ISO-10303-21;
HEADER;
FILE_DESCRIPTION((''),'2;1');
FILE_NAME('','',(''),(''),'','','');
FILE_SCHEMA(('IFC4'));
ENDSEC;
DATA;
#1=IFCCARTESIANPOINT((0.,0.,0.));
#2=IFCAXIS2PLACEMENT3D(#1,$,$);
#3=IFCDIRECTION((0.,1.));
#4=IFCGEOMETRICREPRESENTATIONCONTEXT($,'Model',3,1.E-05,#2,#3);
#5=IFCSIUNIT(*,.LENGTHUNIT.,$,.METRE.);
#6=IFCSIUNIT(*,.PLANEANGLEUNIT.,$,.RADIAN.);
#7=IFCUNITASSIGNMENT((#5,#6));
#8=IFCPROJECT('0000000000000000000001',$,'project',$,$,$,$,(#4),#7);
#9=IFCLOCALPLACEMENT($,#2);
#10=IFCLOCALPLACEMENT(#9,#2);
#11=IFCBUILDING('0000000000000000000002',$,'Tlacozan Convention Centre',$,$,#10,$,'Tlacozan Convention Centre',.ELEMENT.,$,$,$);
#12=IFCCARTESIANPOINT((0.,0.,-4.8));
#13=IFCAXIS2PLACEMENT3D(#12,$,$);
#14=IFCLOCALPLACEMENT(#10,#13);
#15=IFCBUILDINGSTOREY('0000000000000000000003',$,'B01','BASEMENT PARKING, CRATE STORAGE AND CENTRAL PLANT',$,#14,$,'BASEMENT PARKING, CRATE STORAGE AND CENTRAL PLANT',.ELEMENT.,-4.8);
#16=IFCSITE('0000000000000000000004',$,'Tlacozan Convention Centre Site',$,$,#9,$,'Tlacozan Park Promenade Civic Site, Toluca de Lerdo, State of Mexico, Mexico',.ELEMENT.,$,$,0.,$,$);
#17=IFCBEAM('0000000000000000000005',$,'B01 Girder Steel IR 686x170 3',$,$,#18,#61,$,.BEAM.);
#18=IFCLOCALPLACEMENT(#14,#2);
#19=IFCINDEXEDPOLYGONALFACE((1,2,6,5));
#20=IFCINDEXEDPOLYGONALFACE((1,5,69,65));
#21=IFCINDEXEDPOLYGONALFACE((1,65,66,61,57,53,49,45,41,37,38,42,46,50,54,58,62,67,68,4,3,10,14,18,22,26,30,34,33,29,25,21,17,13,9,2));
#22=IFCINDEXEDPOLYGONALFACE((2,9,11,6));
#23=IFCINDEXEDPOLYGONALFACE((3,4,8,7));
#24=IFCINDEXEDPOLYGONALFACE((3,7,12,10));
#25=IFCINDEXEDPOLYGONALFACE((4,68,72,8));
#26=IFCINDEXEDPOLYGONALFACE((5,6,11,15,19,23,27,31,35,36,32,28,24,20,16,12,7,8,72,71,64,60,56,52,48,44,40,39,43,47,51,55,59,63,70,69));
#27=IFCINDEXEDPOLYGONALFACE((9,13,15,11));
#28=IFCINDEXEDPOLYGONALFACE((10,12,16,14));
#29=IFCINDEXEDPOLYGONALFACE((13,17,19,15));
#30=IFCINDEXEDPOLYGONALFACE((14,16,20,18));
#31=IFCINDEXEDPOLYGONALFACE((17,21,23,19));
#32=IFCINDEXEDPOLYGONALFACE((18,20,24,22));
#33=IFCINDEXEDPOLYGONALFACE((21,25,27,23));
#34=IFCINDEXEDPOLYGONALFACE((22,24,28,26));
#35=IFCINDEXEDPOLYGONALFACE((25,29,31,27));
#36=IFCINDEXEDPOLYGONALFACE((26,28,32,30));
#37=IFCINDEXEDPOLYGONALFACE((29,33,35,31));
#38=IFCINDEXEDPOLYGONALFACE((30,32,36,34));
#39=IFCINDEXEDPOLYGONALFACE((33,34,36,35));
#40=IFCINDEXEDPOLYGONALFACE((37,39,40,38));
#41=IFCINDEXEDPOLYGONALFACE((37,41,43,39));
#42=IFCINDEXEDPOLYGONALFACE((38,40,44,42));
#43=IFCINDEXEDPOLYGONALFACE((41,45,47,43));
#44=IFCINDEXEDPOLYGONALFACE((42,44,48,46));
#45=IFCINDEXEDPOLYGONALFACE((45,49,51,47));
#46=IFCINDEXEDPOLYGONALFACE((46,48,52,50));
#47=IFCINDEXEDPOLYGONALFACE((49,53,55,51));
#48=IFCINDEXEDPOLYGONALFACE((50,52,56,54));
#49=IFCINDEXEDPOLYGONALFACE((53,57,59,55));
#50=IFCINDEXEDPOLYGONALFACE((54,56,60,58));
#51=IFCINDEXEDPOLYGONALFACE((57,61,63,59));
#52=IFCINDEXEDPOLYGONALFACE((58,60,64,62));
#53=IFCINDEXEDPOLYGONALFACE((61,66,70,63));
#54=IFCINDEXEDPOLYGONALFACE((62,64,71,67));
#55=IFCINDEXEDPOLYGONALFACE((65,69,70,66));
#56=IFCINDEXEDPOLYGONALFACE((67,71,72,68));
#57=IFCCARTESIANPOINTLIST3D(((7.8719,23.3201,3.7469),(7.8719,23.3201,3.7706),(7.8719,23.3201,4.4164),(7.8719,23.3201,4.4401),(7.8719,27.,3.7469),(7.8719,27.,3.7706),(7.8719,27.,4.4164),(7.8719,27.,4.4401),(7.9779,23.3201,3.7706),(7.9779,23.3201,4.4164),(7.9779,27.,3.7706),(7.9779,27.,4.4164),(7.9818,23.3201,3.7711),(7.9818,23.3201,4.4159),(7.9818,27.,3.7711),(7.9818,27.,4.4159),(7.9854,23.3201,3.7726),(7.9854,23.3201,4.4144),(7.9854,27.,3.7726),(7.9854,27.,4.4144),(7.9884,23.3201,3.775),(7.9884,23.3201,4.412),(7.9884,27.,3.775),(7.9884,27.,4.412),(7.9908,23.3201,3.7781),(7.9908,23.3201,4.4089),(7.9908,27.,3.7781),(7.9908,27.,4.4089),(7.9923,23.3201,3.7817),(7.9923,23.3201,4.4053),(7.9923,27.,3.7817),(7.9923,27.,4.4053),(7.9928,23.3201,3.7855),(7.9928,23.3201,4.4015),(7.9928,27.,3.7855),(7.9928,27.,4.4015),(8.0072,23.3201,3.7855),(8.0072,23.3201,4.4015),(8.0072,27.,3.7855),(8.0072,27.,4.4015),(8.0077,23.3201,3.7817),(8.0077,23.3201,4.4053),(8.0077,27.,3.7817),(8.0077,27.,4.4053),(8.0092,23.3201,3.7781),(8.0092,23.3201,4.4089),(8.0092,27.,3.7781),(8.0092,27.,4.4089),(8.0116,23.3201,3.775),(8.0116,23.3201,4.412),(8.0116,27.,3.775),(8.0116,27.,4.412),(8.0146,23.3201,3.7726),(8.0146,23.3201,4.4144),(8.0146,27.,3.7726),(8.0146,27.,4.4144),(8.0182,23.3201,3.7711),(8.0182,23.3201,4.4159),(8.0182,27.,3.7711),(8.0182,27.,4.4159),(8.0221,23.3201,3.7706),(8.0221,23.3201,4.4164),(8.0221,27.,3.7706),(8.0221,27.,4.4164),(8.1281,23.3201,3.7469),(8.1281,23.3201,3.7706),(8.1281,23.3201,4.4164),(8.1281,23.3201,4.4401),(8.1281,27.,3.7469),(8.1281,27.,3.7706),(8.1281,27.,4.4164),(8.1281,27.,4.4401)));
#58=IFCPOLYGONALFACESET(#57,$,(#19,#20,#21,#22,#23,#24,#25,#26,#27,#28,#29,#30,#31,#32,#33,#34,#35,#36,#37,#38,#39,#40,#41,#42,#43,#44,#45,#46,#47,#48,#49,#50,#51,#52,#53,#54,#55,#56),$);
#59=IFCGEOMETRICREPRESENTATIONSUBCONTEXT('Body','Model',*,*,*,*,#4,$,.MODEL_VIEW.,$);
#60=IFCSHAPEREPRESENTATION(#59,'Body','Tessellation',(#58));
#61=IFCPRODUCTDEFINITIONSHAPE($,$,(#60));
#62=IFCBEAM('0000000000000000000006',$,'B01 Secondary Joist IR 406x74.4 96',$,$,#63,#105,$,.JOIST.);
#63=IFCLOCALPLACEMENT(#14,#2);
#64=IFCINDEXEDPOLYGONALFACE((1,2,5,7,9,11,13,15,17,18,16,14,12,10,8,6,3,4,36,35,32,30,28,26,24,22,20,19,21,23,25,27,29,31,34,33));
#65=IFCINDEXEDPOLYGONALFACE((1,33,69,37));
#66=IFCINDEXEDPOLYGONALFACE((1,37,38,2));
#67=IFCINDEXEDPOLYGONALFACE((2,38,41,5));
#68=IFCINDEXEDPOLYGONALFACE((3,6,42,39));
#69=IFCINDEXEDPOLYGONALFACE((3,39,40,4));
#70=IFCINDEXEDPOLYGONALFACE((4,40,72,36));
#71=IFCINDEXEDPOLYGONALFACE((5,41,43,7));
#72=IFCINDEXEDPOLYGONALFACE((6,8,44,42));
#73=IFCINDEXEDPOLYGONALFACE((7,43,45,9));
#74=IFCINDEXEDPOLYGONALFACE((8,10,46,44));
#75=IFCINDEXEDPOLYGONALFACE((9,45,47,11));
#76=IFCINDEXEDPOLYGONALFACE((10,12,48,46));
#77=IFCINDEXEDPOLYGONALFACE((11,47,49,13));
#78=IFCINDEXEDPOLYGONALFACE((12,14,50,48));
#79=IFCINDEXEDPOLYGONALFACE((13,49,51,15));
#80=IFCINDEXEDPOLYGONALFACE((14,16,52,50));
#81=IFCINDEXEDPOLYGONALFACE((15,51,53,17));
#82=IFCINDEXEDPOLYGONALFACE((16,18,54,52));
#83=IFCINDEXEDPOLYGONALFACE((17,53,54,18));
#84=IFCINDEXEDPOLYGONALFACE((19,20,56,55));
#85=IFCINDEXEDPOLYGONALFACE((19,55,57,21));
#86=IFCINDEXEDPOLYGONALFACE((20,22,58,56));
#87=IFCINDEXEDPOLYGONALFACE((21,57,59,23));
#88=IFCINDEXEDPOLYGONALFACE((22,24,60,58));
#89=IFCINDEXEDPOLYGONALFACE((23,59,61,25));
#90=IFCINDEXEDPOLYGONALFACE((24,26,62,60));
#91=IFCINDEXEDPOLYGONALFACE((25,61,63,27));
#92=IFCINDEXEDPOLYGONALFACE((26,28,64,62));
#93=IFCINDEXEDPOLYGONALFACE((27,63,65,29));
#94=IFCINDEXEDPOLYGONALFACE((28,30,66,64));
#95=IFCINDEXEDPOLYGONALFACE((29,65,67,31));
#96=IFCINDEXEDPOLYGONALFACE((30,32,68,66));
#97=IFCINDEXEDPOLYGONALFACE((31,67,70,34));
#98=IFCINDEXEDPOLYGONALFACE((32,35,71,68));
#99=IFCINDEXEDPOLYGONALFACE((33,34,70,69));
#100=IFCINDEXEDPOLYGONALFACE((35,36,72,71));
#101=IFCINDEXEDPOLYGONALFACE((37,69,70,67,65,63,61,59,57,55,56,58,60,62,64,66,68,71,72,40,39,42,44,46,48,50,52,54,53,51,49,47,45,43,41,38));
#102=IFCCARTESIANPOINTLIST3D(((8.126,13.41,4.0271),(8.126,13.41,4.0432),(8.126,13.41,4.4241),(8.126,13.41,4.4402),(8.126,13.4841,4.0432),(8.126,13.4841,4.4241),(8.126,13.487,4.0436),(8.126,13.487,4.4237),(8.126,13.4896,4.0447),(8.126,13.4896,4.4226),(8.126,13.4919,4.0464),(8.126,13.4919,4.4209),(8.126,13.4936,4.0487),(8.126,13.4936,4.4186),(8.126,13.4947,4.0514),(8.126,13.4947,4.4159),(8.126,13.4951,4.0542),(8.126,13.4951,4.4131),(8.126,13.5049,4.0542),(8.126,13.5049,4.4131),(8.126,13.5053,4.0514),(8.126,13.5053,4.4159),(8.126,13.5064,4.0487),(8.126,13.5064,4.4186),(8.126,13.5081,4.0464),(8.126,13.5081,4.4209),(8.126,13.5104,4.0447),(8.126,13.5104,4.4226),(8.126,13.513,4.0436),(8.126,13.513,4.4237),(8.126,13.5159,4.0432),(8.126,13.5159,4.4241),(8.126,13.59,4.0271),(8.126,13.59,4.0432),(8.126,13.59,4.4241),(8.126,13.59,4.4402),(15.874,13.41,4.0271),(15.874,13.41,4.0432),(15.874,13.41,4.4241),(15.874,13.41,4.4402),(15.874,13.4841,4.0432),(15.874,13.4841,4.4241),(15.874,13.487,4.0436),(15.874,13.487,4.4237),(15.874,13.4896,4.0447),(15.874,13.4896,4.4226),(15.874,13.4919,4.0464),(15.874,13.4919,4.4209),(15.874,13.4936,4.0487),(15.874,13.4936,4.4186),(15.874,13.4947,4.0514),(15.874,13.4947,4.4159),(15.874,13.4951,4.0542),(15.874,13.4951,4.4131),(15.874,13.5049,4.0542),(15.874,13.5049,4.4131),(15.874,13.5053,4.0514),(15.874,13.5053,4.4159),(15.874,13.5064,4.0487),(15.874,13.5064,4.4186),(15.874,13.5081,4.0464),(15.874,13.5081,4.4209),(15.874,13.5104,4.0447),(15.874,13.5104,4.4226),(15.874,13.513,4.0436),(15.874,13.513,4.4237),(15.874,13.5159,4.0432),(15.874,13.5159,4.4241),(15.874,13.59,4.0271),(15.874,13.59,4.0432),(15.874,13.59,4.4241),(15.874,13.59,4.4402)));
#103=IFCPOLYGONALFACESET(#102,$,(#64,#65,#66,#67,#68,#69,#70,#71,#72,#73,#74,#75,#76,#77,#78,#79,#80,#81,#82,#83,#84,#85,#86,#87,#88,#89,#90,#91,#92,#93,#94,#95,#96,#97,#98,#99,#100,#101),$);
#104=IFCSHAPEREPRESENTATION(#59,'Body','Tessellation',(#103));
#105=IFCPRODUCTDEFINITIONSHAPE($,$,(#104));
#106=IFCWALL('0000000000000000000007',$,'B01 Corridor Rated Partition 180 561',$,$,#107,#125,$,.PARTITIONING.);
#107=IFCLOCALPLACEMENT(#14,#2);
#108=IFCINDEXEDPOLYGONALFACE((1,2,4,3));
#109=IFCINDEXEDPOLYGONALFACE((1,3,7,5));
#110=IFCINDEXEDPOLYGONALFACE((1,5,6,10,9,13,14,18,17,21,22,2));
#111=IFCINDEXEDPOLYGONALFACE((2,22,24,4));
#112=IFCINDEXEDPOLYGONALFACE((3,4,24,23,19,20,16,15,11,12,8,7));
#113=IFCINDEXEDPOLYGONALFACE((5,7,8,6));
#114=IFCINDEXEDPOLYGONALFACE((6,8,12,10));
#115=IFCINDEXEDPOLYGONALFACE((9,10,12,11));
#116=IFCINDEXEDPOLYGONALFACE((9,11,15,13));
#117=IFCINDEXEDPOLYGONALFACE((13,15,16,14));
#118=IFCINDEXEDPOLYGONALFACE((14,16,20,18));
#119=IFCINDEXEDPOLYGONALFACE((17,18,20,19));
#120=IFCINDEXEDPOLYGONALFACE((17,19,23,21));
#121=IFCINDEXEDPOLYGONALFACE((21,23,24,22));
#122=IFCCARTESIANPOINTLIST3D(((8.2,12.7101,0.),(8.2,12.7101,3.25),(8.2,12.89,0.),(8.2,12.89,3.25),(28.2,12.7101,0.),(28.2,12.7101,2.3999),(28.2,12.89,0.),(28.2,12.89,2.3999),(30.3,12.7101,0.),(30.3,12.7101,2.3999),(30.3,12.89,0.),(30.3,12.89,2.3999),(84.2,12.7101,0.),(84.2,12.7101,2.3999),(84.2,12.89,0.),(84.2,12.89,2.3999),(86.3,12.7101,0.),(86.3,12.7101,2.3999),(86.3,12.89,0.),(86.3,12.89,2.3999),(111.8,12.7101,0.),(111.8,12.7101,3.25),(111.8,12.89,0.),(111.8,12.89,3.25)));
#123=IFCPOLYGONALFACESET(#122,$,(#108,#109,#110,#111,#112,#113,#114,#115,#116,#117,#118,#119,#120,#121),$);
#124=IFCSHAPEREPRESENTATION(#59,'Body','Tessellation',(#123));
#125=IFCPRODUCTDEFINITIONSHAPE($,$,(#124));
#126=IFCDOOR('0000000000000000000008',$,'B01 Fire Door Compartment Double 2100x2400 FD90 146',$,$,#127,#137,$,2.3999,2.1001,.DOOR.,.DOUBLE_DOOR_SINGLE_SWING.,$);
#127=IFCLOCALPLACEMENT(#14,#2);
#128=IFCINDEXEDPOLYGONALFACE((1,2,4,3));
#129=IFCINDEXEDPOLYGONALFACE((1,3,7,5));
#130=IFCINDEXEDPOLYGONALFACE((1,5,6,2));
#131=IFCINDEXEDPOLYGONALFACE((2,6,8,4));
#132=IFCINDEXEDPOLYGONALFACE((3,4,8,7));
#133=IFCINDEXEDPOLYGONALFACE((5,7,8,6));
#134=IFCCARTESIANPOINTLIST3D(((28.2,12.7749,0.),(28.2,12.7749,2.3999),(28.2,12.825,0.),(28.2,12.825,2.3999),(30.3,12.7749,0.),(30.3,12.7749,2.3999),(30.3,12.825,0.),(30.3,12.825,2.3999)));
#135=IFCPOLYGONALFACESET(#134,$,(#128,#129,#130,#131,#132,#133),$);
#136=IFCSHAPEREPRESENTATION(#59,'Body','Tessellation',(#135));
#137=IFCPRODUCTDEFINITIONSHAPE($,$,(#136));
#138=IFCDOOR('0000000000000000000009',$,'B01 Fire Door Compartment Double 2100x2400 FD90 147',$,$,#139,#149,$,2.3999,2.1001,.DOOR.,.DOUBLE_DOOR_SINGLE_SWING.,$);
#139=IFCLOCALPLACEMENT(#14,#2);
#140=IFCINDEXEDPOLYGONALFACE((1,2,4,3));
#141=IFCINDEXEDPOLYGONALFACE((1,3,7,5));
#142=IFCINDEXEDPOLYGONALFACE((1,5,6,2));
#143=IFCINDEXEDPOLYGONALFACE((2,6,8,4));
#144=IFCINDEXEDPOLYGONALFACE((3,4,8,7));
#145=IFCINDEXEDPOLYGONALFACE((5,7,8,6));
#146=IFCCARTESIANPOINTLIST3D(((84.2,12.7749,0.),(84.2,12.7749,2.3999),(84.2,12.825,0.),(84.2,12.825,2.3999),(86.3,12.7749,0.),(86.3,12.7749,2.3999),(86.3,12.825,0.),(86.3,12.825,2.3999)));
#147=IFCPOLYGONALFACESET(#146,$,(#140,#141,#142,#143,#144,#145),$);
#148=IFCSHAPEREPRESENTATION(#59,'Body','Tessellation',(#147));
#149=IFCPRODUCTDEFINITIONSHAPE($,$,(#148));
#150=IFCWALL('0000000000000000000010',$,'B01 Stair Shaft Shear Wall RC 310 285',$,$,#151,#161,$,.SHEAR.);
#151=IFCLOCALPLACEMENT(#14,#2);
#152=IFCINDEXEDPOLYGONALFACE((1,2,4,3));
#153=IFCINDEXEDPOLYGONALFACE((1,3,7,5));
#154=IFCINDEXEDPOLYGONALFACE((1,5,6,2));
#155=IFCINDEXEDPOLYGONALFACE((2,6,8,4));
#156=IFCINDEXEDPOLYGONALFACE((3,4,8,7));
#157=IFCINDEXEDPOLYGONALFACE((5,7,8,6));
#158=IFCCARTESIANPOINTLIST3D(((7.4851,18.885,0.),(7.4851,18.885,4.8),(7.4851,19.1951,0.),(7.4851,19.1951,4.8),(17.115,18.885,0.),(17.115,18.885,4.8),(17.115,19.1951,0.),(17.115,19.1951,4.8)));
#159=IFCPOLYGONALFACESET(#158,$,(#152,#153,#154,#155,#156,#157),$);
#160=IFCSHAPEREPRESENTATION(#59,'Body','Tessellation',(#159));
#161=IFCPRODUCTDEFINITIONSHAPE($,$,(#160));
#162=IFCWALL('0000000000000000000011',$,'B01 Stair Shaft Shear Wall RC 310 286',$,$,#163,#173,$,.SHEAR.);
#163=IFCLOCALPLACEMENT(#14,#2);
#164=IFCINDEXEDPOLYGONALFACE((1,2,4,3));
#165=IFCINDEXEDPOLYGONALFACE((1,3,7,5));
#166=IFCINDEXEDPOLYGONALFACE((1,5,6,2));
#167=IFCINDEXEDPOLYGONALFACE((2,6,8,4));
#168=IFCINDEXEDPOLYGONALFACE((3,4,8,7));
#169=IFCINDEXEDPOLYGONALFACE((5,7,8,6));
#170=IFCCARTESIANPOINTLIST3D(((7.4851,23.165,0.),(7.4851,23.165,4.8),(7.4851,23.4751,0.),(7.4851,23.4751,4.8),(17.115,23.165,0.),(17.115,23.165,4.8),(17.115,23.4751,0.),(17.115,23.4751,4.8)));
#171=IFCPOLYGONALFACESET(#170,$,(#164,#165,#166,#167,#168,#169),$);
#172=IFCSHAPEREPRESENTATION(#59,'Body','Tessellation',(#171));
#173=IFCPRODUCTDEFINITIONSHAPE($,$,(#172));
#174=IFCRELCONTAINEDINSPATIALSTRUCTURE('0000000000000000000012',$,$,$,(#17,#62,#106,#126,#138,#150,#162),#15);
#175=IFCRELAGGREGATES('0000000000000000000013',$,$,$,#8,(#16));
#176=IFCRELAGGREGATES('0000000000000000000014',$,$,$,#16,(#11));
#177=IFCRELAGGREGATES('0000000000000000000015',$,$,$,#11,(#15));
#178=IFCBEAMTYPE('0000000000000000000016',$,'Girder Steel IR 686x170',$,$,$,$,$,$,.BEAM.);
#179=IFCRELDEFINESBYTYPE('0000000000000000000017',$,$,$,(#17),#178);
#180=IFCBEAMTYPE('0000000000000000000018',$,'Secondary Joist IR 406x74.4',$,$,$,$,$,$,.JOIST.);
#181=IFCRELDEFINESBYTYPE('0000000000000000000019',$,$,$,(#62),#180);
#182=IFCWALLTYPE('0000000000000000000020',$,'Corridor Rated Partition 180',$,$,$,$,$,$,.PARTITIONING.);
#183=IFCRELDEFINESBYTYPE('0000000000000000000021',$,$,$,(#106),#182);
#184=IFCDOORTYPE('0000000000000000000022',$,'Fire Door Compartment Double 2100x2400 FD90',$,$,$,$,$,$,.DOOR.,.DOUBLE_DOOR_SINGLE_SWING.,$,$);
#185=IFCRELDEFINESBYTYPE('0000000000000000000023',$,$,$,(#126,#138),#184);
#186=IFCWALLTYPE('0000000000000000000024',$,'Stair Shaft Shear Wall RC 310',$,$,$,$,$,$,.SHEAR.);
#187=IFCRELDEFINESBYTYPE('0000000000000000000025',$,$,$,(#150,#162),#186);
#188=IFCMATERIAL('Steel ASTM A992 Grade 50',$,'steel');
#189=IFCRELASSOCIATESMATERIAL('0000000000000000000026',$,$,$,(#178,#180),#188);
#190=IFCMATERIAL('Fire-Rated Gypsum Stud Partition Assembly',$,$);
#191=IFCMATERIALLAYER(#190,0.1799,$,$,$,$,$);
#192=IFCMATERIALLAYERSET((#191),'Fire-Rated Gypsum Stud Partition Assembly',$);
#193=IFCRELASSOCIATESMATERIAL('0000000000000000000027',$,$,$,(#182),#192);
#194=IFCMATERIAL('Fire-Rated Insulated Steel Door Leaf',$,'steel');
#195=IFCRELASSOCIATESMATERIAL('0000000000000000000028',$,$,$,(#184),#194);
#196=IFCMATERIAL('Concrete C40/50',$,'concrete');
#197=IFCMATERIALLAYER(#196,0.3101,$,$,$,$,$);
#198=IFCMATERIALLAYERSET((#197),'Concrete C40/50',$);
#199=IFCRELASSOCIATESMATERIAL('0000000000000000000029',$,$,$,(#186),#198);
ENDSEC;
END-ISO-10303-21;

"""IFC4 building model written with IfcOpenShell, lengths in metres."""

from ifc_helpers import new_model, si_unit, direction, frame, frame_2d, origin, origin_2d, place, context, subcontext, project, spatial, rectangle, i_section, extrude, material, layer, layer_set, material_profile, profile_set, type_object, element, fill, save


model = new_model("IFC4")

# Units and contexts
model_context = context("Model", 3, precision=1e-05, world=origin(), true_north=direction((0.0, 1.0)))
body_context = subcontext(model_context, "Body", "Model", "MODEL_VIEW")
ifc_project = project(units=[si_unit("LENGTHUNIT", "METRE"), si_unit("PLANEANGLEUNIT", "RADIAN")], contexts=[model_context])

# Site, building, storey
site_placement = place(None, origin())
site = spatial("IfcSite", under=ifc_project, at=site_placement, Name="Tlacozan Convention Centre Site", LongName="Tlacozan Park Promenade Civic Site, Toluca de Lerdo, State of Mexico, Mexico", CompositionType="ELEMENT", RefElevation=0.0)
building_placement = place(site_placement, origin())
building = spatial("IfcBuilding", under=site, at=building_placement, Name="Tlacozan Convention Centre", LongName="Tlacozan Convention Centre", CompositionType="ELEMENT")
storey_placement = place(building_placement, frame((0.0, 0.0, -4.8)))
storey = spatial("IfcBuildingStorey", under=building, at=storey_placement, Name="B01", Description="BASEMENT PARKING, CRATE STORAGE AND CENTRAL PLANT", LongName="BASEMENT PARKING, CRATE STORAGE AND CENTRAL PLANT", CompositionType="ELEMENT", Elevation=-4.8)

# Shared definitions
ifc_material_1 = material(Name="Concrete C40/50", Category="concrete")

# Beams
ifc_material_2 = material(Name="Steel ASTM A992 Grade 50", Category="steel")
ifc_material_profile_1 = material_profile(ifc_material_2, i_section(OverallWidth=0.2561, OverallDepth=0.6931, WebThickness=0.0144, FlangeThickness=0.0237, FilletRadius=0.0149, at=origin_2d()), Name="IR 686x170.0")
ifc_profile_set_1 = profile_set([ifc_material_profile_1], Name="Steel ASTM A992 Grade 50")
beam_type_1 = type_object("IfcBeamType", Name="Girder Steel IR 686x170", PredefinedType="BEAM", material=ifc_profile_set_1)
beam_1_placement = place(storey_placement, frame((8.0, 23.3201, 4.0935), z_axis=(0.0, 1.0, 0.0), x_axis=(-1.0, 0.0, 0.0)))
element("IfcBeam", 1, at=beam_1_placement, inside=storey, type_object=beam_type_1, Name="B01 Girder Steel IR 686x170 3", PredefinedType="BEAM", context=body_context, shape_type="SweptSolid", body=[
    extrude(i_section(OverallWidth=0.2561, OverallDepth=0.6931, WebThickness=0.0144, FlangeThickness=0.0237, FilletRadius=0.0149, at=origin_2d()), origin(), (0.0, 0.0, 1.0), 3.6799),
])
ifc_material_profile_2 = material_profile(ifc_material_2, i_section(OverallWidth=0.1799, OverallDepth=0.4131, WebThickness=0.0098, FlangeThickness=0.0161, FilletRadius=0.011, at=origin_2d()), Name="IR 406x74.4")
ifc_profile_set_2 = profile_set([ifc_material_profile_2], Name="Steel ASTM A992 Grade 50")
beam_type_2 = type_object("IfcBeamType", Name="Secondary Joist IR 406x74.4", PredefinedType="JOIST", material=ifc_profile_set_2)
beam_2_placement = place(storey_placement, frame((8.126, 13.5, 4.2336), z_axis=(1.0, 0.0, 0.0), x_axis=(0.0, 1.0, 0.0)))
element("IfcBeam", 2, at=beam_2_placement, inside=storey, type_object=beam_type_2, Name="B01 Secondary Joist IR 406x74.4 96", PredefinedType="JOIST", context=body_context, shape_type="SweptSolid", body=[
    extrude(i_section(OverallWidth=0.1799, OverallDepth=0.4131, WebThickness=0.0098, FlangeThickness=0.0161, FilletRadius=0.011, at=origin_2d()), origin(), (0.0, 0.0, 1.0), 7.748),
])

# Wall, openings, doors
ifc_material_3 = material(Name="Fire-Rated Gypsum Stud Partition Assembly")
ifc_layer_1 = layer(ifc_material_3, 0.1799)
ifc_layer_set_1 = layer_set([ifc_layer_1], Name="Fire-Rated Gypsum Stud Partition Assembly")
wall_type_1 = type_object("IfcWallType", Name="Corridor Rated Partition 180", PredefinedType="PARTITIONING", material=ifc_layer_set_1)
wall_1_placement = place(storey_placement, frame((8.2, 12.8, 0.0), z_axis=(0.0, 0.0, 1.0), x_axis=(1.0, 0.0, 0.0)))
wall_1 = element("IfcWall", 3, at=wall_1_placement, inside=storey, type_object=wall_type_1, Name="B01 Corridor Rated Partition 180 561", PredefinedType="PARTITIONING", context=body_context, shape_type="SweptSolid", body=[
    extrude(rectangle(XDim=103.6001, YDim=0.1799, at=frame_2d((51.8, 0.0))), origin(), (0.0, 0.0, 1.0), 3.25),
])
opening_1_placement = place(wall_1_placement, frame((20.0, 0.0, 0.0)))
opening_1 = element("IfcOpeningElement", 4, at=opening_1_placement, cuts=wall_1, PredefinedType="OPENING", context=body_context, shape_type="SweptSolid", body=[
    extrude(rectangle(XDim=2.1001, YDim=2.3999, at=frame_2d((1.05, 1.2))), frame((0.0, 0.0999, 0.0), z_axis=(0.0, -1.0, 0.0), x_axis=(1.0, 0.0, 0.0)), (0.0, 0.0, 1.0), 0.2),
])
opening_2_placement = place(wall_1_placement, frame((76.0, 0.0, 0.0)))
opening_2 = element("IfcOpeningElement", 5, at=opening_2_placement, cuts=wall_1, PredefinedType="OPENING", context=body_context, shape_type="SweptSolid", body=[
    extrude(rectangle(XDim=2.1001, YDim=2.3999, at=frame_2d((1.05, 1.2))), frame((0.0, 0.0999, 0.0), z_axis=(0.0, -1.0, 0.0), x_axis=(1.0, 0.0, 0.0)), (0.0, 0.0, 1.0), 0.2),
])
ifc_material_4 = material(Name="Fire-Rated Insulated Steel Door Leaf", Category="steel")
door_type_1 = type_object("IfcDoorType", Name="Fire Door Compartment Double 2100x2400 FD90", OperationType="DOUBLE_DOOR_SINGLE_SWING", PredefinedType="DOOR", material=ifc_material_4)
door_1_placement = place(opening_1_placement, origin())
door_1 = element("IfcDoor", 6, at=door_1_placement, inside=storey, type_object=door_type_1, Name="B01 Fire Door Compartment Double 2100x2400 FD90 146", OperationType="DOUBLE_DOOR_SINGLE_SWING", OverallHeight=2.3999, OverallWidth=2.1001, PredefinedType="DOOR", context=body_context, shape_type="SweptSolid", body=[
    extrude(rectangle(XDim=2.1001, YDim=2.3999, at=frame_2d((1.05, 1.2))), frame((0.0, 0.0249, 0.0), z_axis=(0.0, -1.0, 0.0), x_axis=(1.0, 0.0, 0.0)), (0.0, 0.0, 1.0), 0.05),
])
fill(opening_1, door_1)
door_2_placement = place(opening_2_placement, origin())
door_2 = element("IfcDoor", 7, at=door_2_placement, inside=storey, type_object=door_type_1, Name="B01 Fire Door Compartment Double 2100x2400 FD90 147", OperationType="DOUBLE_DOOR_SINGLE_SWING", OverallHeight=2.3999, OverallWidth=2.1001, PredefinedType="DOOR", context=body_context, shape_type="SweptSolid", body=[
    extrude(rectangle(XDim=2.1001, YDim=2.3999, at=frame_2d((1.05, 1.2))), frame((0.0, 0.0249, 0.0), z_axis=(0.0, -1.0, 0.0), x_axis=(1.0, 0.0, 0.0)), (0.0, 0.0, 1.0), 0.05),
])
fill(opening_2, door_2)

# Walls
ifc_layer_2 = layer(ifc_material_1, 0.3101)
ifc_layer_set_2 = layer_set([ifc_layer_2], Name="Concrete C40/50")
wall_type_2 = type_object("IfcWallType", Name="Stair Shaft Shear Wall RC 310", PredefinedType="SHEAR", material=ifc_layer_set_2)
for number, where, z_axis, x_axis, name in (
    (8, (7.4851, 19.04, 0.0), (0.0, 0.0, 1.0), (1.0, 0.0, 0.0), "B01 Stair Shaft Shear Wall RC 310 285"),
    (9, (7.4851, 23.3201, 0.0), (0.0, 0.0, 1.0), (1.0, 0.0, 0.0), "B01 Stair Shaft Shear Wall RC 310 286"),
):
    element("IfcWall", number, at=place(storey_placement, frame(where, z_axis=z_axis, x_axis=x_axis)), inside=storey, type_object=wall_type_2, Name=name, PredefinedType="SHEAR", context=body_context, shape_type="SweptSolid", body=[
        extrude(rectangle(XDim=9.6299, YDim=0.3101, at=frame_2d((4.8149, 0.0))), origin(), (0.0, 0.0, 1.0), 4.8),
    ])

save(model, "model.ifc")
